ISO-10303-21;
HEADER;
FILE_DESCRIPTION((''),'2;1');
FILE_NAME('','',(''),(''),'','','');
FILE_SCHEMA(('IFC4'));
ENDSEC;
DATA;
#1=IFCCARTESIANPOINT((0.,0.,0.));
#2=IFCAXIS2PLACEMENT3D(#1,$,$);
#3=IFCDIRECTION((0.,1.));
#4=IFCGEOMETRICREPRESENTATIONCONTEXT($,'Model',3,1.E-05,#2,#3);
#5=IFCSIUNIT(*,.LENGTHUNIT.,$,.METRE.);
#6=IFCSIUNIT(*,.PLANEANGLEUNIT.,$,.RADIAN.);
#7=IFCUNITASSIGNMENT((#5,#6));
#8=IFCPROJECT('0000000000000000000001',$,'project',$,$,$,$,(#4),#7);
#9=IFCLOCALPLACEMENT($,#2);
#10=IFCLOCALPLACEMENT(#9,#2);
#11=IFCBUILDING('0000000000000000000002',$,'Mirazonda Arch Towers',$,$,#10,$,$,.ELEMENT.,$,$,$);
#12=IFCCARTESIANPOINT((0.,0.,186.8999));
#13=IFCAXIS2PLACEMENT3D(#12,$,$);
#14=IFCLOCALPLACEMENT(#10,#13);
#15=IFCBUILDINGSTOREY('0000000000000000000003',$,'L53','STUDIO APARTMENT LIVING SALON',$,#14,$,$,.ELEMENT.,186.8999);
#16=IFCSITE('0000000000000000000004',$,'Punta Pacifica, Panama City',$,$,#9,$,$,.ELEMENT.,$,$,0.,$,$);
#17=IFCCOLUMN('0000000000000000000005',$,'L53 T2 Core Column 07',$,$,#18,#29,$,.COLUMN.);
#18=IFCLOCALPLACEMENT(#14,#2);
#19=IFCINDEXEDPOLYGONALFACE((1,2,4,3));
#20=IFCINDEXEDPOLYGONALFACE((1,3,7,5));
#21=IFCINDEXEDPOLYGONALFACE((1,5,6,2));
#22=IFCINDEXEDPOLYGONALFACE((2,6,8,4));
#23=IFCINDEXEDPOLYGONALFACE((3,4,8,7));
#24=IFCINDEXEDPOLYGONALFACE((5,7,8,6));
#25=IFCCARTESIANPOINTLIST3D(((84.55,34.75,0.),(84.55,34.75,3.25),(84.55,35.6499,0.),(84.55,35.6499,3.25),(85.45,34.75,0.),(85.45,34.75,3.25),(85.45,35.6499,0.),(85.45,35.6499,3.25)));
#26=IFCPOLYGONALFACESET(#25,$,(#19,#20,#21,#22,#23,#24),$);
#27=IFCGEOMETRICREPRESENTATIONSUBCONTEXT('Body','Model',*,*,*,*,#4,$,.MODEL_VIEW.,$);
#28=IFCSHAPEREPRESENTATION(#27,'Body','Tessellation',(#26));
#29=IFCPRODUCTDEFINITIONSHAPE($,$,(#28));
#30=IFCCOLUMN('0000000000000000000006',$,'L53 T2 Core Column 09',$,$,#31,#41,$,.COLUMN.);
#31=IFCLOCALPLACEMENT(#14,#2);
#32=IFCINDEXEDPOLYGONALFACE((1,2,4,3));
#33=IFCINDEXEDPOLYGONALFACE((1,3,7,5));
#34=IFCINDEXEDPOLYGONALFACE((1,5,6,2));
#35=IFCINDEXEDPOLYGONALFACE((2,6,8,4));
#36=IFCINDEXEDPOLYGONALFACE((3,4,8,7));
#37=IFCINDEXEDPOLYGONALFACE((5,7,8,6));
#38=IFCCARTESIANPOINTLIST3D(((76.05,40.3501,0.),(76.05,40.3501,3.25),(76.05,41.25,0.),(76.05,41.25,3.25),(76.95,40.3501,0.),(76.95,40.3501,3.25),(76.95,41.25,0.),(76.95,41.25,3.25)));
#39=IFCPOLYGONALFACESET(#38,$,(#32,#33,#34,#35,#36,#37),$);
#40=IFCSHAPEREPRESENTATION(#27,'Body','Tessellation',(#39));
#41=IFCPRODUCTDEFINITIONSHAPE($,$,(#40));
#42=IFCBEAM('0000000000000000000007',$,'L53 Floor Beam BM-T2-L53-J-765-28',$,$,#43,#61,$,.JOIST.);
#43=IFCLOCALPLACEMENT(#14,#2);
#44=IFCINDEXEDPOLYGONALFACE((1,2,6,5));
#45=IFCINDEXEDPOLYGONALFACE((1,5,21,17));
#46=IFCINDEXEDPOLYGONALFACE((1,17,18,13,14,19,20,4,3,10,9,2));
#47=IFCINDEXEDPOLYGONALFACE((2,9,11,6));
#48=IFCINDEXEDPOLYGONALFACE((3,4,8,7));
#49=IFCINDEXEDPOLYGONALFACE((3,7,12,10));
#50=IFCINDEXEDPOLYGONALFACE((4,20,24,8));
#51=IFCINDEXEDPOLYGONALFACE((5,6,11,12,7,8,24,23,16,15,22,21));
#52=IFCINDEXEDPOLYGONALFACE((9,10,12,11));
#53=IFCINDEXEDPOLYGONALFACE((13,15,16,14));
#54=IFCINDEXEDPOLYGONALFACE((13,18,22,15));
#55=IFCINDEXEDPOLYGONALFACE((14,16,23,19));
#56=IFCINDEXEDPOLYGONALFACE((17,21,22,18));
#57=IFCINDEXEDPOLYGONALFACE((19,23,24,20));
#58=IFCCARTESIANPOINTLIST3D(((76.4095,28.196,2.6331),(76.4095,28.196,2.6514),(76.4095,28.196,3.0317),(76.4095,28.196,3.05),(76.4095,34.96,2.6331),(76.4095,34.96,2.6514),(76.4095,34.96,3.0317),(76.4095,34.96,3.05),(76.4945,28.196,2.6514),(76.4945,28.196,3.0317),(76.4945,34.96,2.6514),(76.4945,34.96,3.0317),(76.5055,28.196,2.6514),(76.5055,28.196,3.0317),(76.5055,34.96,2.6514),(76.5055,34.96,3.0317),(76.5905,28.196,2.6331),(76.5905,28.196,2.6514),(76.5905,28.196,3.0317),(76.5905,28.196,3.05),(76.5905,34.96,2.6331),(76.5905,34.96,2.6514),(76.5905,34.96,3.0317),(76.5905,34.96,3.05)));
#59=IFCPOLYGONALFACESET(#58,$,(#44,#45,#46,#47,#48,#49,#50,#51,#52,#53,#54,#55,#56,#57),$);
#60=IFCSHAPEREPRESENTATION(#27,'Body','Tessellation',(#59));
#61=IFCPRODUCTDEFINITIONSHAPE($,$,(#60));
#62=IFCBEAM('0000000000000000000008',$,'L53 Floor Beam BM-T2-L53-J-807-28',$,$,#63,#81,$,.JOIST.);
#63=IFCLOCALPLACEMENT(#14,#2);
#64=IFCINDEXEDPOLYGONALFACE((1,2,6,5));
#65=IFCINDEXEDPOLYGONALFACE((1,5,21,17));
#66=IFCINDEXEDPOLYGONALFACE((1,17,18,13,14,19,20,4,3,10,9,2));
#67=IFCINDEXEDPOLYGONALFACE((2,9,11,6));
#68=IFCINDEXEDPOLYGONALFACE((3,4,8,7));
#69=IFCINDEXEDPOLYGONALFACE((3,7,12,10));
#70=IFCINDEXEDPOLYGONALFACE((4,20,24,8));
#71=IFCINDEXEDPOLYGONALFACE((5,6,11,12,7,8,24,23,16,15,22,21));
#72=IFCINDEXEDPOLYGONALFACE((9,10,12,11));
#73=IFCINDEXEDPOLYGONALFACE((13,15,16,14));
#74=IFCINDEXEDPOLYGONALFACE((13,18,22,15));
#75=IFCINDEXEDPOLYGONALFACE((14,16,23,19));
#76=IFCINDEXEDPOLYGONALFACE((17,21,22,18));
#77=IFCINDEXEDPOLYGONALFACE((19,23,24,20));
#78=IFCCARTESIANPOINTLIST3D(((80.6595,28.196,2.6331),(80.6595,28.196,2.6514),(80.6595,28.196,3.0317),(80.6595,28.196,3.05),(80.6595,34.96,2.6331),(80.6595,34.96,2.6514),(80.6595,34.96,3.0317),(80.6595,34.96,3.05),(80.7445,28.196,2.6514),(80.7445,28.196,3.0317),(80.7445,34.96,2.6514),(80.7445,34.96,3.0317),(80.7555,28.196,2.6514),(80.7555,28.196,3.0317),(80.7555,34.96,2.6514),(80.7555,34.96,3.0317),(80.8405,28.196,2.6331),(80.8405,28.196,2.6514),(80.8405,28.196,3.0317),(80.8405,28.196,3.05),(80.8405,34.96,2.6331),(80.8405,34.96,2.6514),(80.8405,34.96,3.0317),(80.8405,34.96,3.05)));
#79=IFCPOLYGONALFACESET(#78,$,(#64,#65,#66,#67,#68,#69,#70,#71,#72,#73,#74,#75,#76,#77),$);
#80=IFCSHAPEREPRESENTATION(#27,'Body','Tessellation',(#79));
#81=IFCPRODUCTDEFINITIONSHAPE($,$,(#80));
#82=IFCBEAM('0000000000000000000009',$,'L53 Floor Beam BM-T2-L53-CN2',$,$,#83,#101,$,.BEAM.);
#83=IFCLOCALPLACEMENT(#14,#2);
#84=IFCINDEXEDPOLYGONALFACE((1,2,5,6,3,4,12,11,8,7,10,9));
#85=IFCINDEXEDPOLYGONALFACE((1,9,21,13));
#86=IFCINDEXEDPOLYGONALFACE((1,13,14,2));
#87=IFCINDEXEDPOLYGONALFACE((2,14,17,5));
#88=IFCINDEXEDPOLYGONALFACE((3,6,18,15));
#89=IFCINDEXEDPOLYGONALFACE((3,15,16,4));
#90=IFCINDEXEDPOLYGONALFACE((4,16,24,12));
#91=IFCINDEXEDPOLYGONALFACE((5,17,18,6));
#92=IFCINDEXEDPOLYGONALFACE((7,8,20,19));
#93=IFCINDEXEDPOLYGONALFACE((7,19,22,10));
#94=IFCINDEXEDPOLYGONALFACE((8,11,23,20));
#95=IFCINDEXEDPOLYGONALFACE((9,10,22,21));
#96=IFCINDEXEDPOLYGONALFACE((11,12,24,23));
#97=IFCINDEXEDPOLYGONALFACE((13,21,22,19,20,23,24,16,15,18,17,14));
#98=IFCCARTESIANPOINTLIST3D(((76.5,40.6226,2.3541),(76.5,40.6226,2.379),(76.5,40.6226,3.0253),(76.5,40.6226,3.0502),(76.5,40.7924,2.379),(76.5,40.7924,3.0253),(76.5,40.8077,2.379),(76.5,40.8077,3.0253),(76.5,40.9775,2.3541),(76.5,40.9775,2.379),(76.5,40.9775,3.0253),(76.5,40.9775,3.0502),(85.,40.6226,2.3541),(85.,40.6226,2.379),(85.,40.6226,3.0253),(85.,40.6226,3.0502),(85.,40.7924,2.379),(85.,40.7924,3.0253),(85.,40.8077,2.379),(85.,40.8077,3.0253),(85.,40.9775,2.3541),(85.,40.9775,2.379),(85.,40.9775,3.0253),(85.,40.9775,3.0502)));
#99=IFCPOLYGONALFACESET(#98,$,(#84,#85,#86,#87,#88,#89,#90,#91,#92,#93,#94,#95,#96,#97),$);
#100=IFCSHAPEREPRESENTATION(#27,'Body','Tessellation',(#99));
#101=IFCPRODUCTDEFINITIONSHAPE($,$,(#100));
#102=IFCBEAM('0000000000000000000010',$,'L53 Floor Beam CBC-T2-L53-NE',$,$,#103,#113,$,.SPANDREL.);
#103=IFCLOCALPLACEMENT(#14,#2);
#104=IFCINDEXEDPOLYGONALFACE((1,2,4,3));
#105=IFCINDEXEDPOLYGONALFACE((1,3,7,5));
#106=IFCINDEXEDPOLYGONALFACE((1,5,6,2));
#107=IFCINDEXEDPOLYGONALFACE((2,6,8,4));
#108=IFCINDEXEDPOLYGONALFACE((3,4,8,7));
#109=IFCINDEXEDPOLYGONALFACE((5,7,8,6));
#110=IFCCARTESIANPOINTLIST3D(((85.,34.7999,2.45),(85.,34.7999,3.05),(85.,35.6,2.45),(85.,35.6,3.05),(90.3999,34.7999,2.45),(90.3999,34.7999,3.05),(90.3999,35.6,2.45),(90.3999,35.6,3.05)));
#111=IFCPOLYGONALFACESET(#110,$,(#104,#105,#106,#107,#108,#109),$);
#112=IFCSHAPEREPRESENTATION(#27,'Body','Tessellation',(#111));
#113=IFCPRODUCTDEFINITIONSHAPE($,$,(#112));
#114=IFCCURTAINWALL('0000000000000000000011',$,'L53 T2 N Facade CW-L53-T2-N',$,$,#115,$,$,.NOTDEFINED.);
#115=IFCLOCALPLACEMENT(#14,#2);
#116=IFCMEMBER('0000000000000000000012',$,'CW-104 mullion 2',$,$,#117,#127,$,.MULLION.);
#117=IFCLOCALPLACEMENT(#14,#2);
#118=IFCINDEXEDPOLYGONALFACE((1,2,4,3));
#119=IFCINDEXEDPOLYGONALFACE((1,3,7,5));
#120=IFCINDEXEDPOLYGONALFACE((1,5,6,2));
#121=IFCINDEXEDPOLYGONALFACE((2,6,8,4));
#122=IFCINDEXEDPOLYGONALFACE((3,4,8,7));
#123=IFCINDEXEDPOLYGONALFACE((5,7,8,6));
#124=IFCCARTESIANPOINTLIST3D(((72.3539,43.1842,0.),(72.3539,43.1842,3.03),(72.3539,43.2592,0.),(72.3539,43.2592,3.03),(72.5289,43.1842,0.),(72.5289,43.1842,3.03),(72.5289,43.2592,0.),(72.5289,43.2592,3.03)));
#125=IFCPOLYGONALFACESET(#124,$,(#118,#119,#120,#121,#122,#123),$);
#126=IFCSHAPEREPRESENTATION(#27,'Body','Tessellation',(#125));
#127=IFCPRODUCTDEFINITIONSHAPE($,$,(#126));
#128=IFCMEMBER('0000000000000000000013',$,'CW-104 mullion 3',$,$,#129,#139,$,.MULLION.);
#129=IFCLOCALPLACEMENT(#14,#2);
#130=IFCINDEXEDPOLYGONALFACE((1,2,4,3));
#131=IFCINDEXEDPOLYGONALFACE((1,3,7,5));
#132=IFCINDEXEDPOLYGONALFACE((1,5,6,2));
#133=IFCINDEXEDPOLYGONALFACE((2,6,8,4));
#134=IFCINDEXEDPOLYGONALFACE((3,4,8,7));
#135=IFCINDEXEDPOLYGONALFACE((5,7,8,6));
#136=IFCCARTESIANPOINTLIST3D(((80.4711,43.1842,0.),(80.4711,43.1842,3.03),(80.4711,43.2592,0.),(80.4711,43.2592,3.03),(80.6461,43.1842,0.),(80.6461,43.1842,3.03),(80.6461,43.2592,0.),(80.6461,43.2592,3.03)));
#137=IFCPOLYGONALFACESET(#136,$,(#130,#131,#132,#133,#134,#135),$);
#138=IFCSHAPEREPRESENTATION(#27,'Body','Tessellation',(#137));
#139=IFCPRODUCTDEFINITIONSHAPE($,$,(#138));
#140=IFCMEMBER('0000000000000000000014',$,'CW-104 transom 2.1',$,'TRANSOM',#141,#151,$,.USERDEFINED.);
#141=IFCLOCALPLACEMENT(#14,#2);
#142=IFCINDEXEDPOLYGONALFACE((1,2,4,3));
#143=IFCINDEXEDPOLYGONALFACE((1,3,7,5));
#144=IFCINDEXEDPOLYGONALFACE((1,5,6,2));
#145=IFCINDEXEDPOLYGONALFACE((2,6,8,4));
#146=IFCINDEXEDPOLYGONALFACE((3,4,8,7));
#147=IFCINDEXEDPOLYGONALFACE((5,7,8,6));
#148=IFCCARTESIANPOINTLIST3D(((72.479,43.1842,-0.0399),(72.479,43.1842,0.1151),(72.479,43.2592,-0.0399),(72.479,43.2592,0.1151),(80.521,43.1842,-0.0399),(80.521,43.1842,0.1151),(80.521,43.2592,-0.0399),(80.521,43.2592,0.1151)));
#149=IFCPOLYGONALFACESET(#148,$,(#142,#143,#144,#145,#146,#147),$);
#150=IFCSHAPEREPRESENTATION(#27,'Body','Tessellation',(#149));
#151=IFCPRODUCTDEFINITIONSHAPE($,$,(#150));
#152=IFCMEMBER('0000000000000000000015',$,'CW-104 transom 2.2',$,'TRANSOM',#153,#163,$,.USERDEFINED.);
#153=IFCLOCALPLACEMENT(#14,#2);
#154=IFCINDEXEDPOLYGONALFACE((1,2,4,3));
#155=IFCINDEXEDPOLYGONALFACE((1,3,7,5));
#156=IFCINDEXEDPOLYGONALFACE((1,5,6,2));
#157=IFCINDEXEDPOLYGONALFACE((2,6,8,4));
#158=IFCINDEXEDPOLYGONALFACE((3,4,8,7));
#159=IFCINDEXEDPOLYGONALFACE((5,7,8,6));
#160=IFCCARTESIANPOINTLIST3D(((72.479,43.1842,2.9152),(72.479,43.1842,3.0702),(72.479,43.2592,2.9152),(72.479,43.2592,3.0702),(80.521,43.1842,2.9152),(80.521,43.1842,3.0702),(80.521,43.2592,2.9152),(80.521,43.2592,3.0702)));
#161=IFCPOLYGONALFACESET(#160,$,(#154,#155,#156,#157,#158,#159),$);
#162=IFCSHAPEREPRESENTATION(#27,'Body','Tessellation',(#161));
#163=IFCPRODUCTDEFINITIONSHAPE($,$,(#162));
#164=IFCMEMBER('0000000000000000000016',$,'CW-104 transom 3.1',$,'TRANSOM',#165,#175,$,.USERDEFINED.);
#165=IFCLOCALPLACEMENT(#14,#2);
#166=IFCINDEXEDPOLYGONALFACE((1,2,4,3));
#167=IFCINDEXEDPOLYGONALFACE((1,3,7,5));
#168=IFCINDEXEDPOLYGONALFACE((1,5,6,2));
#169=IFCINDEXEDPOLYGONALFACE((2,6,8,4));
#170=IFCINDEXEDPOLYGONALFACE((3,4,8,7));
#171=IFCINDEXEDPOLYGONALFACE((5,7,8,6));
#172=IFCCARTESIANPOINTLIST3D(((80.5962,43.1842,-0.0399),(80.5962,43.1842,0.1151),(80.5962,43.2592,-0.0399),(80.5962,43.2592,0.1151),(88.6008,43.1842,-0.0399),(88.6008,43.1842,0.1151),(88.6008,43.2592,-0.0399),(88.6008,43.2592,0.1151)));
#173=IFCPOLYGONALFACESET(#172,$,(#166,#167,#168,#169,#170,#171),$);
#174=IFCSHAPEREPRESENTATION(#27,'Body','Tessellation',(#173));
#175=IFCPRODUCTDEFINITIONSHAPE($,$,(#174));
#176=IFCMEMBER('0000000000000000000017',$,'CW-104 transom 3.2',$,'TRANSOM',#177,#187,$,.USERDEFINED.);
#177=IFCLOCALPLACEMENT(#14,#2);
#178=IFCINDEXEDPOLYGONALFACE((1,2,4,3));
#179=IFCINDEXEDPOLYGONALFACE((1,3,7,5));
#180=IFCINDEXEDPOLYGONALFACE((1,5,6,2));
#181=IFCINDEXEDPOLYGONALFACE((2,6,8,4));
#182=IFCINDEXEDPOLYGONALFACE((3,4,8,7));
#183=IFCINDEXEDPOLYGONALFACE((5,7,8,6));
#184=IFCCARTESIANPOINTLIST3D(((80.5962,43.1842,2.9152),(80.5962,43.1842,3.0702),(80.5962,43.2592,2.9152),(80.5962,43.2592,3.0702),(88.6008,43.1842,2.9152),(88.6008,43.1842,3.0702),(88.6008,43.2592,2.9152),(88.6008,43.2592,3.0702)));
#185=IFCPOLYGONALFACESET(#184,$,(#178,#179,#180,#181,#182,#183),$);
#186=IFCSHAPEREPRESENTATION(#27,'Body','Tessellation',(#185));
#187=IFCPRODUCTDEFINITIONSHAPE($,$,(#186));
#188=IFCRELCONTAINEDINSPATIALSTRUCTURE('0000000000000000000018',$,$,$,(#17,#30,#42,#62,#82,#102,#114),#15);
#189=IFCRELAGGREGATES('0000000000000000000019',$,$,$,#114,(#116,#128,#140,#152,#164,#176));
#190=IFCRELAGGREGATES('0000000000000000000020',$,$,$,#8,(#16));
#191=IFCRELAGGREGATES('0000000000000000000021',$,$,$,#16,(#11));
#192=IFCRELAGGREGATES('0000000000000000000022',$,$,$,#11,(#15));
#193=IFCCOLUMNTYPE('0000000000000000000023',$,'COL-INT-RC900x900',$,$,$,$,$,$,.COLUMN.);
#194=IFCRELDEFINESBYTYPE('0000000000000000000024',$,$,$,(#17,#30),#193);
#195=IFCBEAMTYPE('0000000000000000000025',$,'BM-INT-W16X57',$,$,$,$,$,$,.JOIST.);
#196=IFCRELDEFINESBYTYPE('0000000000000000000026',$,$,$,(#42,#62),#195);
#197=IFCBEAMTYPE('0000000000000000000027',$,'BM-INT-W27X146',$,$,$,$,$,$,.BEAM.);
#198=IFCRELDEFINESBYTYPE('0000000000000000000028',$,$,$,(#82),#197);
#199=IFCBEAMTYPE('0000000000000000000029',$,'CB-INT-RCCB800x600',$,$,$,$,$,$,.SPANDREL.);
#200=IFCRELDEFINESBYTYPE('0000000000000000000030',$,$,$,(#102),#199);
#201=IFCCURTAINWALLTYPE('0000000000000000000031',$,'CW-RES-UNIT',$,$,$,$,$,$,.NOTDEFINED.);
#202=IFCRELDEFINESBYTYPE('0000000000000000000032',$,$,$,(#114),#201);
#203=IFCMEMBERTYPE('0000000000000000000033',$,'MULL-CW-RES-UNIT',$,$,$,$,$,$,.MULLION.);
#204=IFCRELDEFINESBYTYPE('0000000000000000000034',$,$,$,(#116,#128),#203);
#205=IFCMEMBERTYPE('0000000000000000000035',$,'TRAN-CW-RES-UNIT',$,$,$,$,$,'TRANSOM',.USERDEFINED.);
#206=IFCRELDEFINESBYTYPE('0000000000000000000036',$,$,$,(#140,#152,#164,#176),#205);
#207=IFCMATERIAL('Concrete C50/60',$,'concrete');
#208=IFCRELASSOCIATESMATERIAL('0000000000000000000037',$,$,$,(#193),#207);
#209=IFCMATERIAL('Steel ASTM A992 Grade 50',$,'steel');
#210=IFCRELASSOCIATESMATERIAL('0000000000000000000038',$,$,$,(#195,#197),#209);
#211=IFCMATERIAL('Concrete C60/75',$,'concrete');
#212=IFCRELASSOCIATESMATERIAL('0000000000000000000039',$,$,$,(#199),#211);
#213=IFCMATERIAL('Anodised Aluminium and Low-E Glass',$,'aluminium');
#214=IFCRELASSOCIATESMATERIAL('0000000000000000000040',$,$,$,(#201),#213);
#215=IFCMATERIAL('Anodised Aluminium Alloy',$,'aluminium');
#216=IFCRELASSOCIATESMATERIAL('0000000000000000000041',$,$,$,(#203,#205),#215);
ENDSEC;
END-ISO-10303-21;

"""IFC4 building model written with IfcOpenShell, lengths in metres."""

from ifc_helpers import new_model, si_unit, direction, frame, origin, origin_2d, place, context, subcontext, project, spatial, rectangle, i_section, extrude, material, material_profile, profile_set, type_object, element, aggregate, save


model = new_model("IFC4")

# Units and contexts
model_context = context("Model", 3, precision=1e-05, world=origin(), true_north=direction((0.0, 1.0)))
body_context = subcontext(model_context, "Body", "Model", "MODEL_VIEW")
ifc_project = project(units=[si_unit("LENGTHUNIT", "METRE"), si_unit("PLANEANGLEUNIT", "RADIAN")], contexts=[model_context])

# Site, building, storey
site_placement = place(None, origin())
site = spatial("IfcSite", under=ifc_project, at=site_placement, Name="Punta Pacifica, Panama City", CompositionType="ELEMENT", RefElevation=0.0)
building_placement = place(site_placement, origin())
building = spatial("IfcBuilding", under=site, at=building_placement, Name="Mirazonda Arch Towers", CompositionType="ELEMENT")
storey_placement = place(building_placement, frame((0.0, 0.0, 186.8999)))
storey = spatial("IfcBuildingStorey", under=building, at=storey_placement, Name="L53", Description="STUDIO APARTMENT LIVING SALON", CompositionType="ELEMENT", Elevation=186.8999)

# Columns
ifc_material_1 = material(Name="Concrete C50/60", Category="concrete")
ifc_material_profile_1 = material_profile(ifc_material_1, rectangle(XDim=0.8999, YDim=0.8999, at=origin_2d()), Name="RC900x900")
ifc_profile_set_1 = profile_set([ifc_material_profile_1], Name="Concrete C50/60")
column_type = type_object("IfcColumnType", Name="COL-INT-RC900x900", PredefinedType="COLUMN", material=ifc_profile_set_1)
for number, where, z_axis, x_axis, name in (
    (1, (85.0, 35.2, 0.0), (0.0, 0.0, 1.0), (1.0, 0.0, 0.0), "L53 T2 Core Column 07"),
    (2, (76.5, 40.8, 0.0), (0.0, 0.0, 1.0), (1.0, 0.0, 0.0), "L53 T2 Core Column 09"),
):
    element("IfcColumn", number, at=place(storey_placement, frame(where, z_axis=z_axis, x_axis=x_axis)), inside=storey, type_object=column_type, Name=name, PredefinedType="COLUMN", context=body_context, shape_type="SweptSolid", body=[
        extrude(rectangle(XDim=0.8999, YDim=0.8999, at=origin_2d()), origin(), (0.0, 0.0, 1.0), 3.25),
    ])

# Beams
ifc_material_2 = material(Name="Steel ASTM A992 Grade 50", Category="steel")
ifc_material_profile_2 = material_profile(ifc_material_2, i_section(OverallWidth=0.1809, OverallDepth=0.417, WebThickness=0.011, FlangeThickness=0.0183, at=origin_2d()), Name="W16X57")
ifc_profile_set_2 = profile_set([ifc_material_profile_2], Name="Steel ASTM A992 Grade 50")
beam_type_1 = type_object("IfcBeamType", Name="BM-INT-W16X57", PredefinedType="JOIST", material=ifc_profile_set_2)
for number, where, z_axis, x_axis, name in (
    (3, (76.5, 28.196, 2.8416), (0.0, 1.0, 0.0), (-1.0, 0.0, 0.0), "L53 Floor Beam BM-T2-L53-J-765-28"),
    (4, (80.75, 28.196, 2.8416), (0.0, 1.0, 0.0), (-1.0, 0.0, 0.0), "L53 Floor Beam BM-T2-L53-J-807-28"),
):
    element("IfcBeam", number, at=place(storey_placement, frame(where, z_axis=z_axis, x_axis=x_axis)), inside=storey, type_object=beam_type_1, Name=name, PredefinedType="JOIST", context=body_context, shape_type="SweptSolid", body=[
        extrude(i_section(OverallWidth=0.1809, OverallDepth=0.417, WebThickness=0.011, FlangeThickness=0.0183, at=origin_2d()), origin(), (0.0, 0.0, 1.0), 6.7639),
    ])
ifc_material_profile_3 = material_profile(ifc_material_2, i_section(OverallWidth=0.355, OverallDepth=0.696, WebThickness=0.0154, FlangeThickness=0.0249, at=origin_2d()), Name="W27X146")
ifc_profile_set_3 = profile_set([ifc_material_profile_3], Name="Steel ASTM A992 Grade 50")
beam_type_2 = type_object("IfcBeamType", Name="BM-INT-W27X146", PredefinedType="BEAM", material=ifc_profile_set_3)
beam_1_placement = place(storey_placement, frame((76.5, 40.8, 2.7021), z_axis=(1.0, 0.0, 0.0), x_axis=(0.0, 1.0, 0.0)))
element("IfcBeam", 5, at=beam_1_placement, inside=storey, type_object=beam_type_2, Name="L53 Floor Beam BM-T2-L53-CN2", PredefinedType="BEAM", context=body_context, shape_type="SweptSolid", body=[
    extrude(i_section(OverallWidth=0.355, OverallDepth=0.696, WebThickness=0.0154, FlangeThickness=0.0249, at=origin_2d()), origin(), (0.0, 0.0, 1.0), 8.5),
])
ifc_material_3 = material(Name="Concrete C60/75", Category="concrete")
ifc_material_profile_4 = material_profile(ifc_material_3, rectangle(XDim=0.8, YDim=0.6001, at=origin_2d()), Name="RCCB800x600")
ifc_profile_set_4 = profile_set([ifc_material_profile_4], Name="Concrete C60/75")
beam_type_3 = type_object("IfcBeamType", Name="CB-INT-RCCB800x600", PredefinedType="SPANDREL", material=ifc_profile_set_4)
beam_2_placement = place(storey_placement, frame((85.0, 35.2, 2.75), z_axis=(1.0, 0.0, 0.0), x_axis=(0.0, 1.0, 0.0)))
element("IfcBeam", 6, at=beam_2_placement, inside=storey, type_object=beam_type_3, Name="L53 Floor Beam CBC-T2-L53-NE", PredefinedType="SPANDREL", context=body_context, shape_type="SweptSolid", body=[
    extrude(rectangle(XDim=0.8, YDim=0.6001, at=origin_2d()), origin(), (0.0, 0.0, 1.0), 5.3999),
])

# Curtain wall, members
ifc_material_4 = material(Name="Anodised Aluminium and Low-E Glass", Category="aluminium")
curtain_wall_type = type_object("IfcCurtainWallType", Name="CW-RES-UNIT", PredefinedType="NOTDEFINED", material=ifc_material_4)
curtain_wall_placement = place(storey_placement, origin())
curtain_wall = element("IfcCurtainWall", 7, at=curtain_wall_placement, inside=storey, type_object=curtain_wall_type, Name="L53 T2 N Facade CW-L53-T2-N", PredefinedType="NOTDEFINED")
ifc_material_5 = material(Name="Anodised Aluminium Alloy", Category="aluminium")
ifc_material_profile_5 = material_profile(ifc_material_5, rectangle(XDim=0.075, YDim=0.175, at=origin_2d()), Name="ALU-MULL-75x175")
ifc_profile_set_5 = profile_set([ifc_material_profile_5], Name="Anodised Aluminium Alloy")
member_type_1 = type_object("IfcMemberType", Name="MULL-CW-RES-UNIT", PredefinedType="MULLION", material=ifc_profile_set_5)
member_1_placement = place(storey_placement, frame((72.4414, 43.2217, 0.0), z_axis=(0.0, 0.0, 1.0), x_axis=(0.0, 1.0, 0.0)))
member_1 = element("IfcMember", 8, at=member_1_placement, type_object=member_type_1, Name="CW-104 mullion 2", PredefinedType="MULLION", context=body_context, shape_type="SweptSolid", body=[
    extrude(rectangle(XDim=0.075, YDim=0.175, at=origin_2d()), origin(), (0.0, 0.0, 1.0), 3.03),
])
member_2_placement = place(storey_placement, frame((80.5586, 43.2217, 0.0), z_axis=(0.0, 0.0, 1.0), x_axis=(0.0, 1.0, 0.0)))
member_2 = element("IfcMember", 9, at=member_2_placement, type_object=member_type_1, Name="CW-104 mullion 3", PredefinedType="MULLION", context=body_context, shape_type="SweptSolid", body=[
    extrude(rectangle(XDim=0.075, YDim=0.175, at=origin_2d()), origin(), (0.0, 0.0, 1.0), 3.03),
])
ifc_material_profile_6 = material_profile(ifc_material_5, rectangle(XDim=0.075, YDim=0.155, at=origin_2d()), Name="ALU-TRAN-75x155")
ifc_profile_set_6 = profile_set([ifc_material_profile_6], Name="Anodised Aluminium Alloy")
member_type_2 = type_object("IfcMemberType", Name="TRAN-CW-RES-UNIT", ElementType="TRANSOM", PredefinedType="USERDEFINED", material=ifc_profile_set_6)
member_3_placement = place(storey_placement, frame((72.479, 43.2217, 0.0376), z_axis=(1.0, 0.0, 0.0), x_axis=(0.0, 1.0, 0.0)))
member_3 = element("IfcMember", 10, at=member_3_placement, type_object=member_type_2, Name="CW-104 transom 2.1", ObjectType="TRANSOM", PredefinedType="USERDEFINED", context=body_context, shape_type="SweptSolid", body=[
    extrude(rectangle(XDim=0.075, YDim=0.155, at=origin_2d()), origin(), (0.0, 0.0, 1.0), 8.042),
])
member_4_placement = place(storey_placement, frame((72.479, 43.2217, 2.9927), z_axis=(1.0, 0.0, 0.0), x_axis=(0.0, 1.0, 0.0)))
member_4 = element("IfcMember", 11, at=member_4_placement, type_object=member_type_2, Name="CW-104 transom 2.2", ObjectType="TRANSOM", PredefinedType="USERDEFINED", context=body_context, shape_type="SweptSolid", body=[
    extrude(rectangle(XDim=0.075, YDim=0.155, at=origin_2d()), origin(), (0.0, 0.0, 1.0), 8.042),
])
member_5_placement = place(storey_placement, frame((80.5962, 43.2217, 0.0376), z_axis=(1.0, 0.0, 0.0), x_axis=(0.0, 1.0, 0.0)))
member_5 = element("IfcMember", 12, at=member_5_placement, type_object=member_type_2, Name="CW-104 transom 3.1", ObjectType="TRANSOM", PredefinedType="USERDEFINED", context=body_context, shape_type="SweptSolid", body=[
    extrude(rectangle(XDim=0.075, YDim=0.155, at=origin_2d()), origin(), (0.0, 0.0, 1.0), 8.0046),
])
member_6_placement = place(storey_placement, frame((80.5962, 43.2217, 2.9927), z_axis=(1.0, 0.0, 0.0), x_axis=(0.0, 1.0, 0.0)))
member_6 = element("IfcMember", 13, at=member_6_placement, type_object=member_type_2, Name="CW-104 transom 3.2", ObjectType="TRANSOM", PredefinedType="USERDEFINED", context=body_context, shape_type="SweptSolid", body=[
    extrude(rectangle(XDim=0.075, YDim=0.155, at=origin_2d()), origin(), (0.0, 0.0, 1.0), 8.0046),
])
aggregate(curtain_wall, [member_1, member_2, member_3, member_4, member_5, member_6])

save(model, "model.ifc")
